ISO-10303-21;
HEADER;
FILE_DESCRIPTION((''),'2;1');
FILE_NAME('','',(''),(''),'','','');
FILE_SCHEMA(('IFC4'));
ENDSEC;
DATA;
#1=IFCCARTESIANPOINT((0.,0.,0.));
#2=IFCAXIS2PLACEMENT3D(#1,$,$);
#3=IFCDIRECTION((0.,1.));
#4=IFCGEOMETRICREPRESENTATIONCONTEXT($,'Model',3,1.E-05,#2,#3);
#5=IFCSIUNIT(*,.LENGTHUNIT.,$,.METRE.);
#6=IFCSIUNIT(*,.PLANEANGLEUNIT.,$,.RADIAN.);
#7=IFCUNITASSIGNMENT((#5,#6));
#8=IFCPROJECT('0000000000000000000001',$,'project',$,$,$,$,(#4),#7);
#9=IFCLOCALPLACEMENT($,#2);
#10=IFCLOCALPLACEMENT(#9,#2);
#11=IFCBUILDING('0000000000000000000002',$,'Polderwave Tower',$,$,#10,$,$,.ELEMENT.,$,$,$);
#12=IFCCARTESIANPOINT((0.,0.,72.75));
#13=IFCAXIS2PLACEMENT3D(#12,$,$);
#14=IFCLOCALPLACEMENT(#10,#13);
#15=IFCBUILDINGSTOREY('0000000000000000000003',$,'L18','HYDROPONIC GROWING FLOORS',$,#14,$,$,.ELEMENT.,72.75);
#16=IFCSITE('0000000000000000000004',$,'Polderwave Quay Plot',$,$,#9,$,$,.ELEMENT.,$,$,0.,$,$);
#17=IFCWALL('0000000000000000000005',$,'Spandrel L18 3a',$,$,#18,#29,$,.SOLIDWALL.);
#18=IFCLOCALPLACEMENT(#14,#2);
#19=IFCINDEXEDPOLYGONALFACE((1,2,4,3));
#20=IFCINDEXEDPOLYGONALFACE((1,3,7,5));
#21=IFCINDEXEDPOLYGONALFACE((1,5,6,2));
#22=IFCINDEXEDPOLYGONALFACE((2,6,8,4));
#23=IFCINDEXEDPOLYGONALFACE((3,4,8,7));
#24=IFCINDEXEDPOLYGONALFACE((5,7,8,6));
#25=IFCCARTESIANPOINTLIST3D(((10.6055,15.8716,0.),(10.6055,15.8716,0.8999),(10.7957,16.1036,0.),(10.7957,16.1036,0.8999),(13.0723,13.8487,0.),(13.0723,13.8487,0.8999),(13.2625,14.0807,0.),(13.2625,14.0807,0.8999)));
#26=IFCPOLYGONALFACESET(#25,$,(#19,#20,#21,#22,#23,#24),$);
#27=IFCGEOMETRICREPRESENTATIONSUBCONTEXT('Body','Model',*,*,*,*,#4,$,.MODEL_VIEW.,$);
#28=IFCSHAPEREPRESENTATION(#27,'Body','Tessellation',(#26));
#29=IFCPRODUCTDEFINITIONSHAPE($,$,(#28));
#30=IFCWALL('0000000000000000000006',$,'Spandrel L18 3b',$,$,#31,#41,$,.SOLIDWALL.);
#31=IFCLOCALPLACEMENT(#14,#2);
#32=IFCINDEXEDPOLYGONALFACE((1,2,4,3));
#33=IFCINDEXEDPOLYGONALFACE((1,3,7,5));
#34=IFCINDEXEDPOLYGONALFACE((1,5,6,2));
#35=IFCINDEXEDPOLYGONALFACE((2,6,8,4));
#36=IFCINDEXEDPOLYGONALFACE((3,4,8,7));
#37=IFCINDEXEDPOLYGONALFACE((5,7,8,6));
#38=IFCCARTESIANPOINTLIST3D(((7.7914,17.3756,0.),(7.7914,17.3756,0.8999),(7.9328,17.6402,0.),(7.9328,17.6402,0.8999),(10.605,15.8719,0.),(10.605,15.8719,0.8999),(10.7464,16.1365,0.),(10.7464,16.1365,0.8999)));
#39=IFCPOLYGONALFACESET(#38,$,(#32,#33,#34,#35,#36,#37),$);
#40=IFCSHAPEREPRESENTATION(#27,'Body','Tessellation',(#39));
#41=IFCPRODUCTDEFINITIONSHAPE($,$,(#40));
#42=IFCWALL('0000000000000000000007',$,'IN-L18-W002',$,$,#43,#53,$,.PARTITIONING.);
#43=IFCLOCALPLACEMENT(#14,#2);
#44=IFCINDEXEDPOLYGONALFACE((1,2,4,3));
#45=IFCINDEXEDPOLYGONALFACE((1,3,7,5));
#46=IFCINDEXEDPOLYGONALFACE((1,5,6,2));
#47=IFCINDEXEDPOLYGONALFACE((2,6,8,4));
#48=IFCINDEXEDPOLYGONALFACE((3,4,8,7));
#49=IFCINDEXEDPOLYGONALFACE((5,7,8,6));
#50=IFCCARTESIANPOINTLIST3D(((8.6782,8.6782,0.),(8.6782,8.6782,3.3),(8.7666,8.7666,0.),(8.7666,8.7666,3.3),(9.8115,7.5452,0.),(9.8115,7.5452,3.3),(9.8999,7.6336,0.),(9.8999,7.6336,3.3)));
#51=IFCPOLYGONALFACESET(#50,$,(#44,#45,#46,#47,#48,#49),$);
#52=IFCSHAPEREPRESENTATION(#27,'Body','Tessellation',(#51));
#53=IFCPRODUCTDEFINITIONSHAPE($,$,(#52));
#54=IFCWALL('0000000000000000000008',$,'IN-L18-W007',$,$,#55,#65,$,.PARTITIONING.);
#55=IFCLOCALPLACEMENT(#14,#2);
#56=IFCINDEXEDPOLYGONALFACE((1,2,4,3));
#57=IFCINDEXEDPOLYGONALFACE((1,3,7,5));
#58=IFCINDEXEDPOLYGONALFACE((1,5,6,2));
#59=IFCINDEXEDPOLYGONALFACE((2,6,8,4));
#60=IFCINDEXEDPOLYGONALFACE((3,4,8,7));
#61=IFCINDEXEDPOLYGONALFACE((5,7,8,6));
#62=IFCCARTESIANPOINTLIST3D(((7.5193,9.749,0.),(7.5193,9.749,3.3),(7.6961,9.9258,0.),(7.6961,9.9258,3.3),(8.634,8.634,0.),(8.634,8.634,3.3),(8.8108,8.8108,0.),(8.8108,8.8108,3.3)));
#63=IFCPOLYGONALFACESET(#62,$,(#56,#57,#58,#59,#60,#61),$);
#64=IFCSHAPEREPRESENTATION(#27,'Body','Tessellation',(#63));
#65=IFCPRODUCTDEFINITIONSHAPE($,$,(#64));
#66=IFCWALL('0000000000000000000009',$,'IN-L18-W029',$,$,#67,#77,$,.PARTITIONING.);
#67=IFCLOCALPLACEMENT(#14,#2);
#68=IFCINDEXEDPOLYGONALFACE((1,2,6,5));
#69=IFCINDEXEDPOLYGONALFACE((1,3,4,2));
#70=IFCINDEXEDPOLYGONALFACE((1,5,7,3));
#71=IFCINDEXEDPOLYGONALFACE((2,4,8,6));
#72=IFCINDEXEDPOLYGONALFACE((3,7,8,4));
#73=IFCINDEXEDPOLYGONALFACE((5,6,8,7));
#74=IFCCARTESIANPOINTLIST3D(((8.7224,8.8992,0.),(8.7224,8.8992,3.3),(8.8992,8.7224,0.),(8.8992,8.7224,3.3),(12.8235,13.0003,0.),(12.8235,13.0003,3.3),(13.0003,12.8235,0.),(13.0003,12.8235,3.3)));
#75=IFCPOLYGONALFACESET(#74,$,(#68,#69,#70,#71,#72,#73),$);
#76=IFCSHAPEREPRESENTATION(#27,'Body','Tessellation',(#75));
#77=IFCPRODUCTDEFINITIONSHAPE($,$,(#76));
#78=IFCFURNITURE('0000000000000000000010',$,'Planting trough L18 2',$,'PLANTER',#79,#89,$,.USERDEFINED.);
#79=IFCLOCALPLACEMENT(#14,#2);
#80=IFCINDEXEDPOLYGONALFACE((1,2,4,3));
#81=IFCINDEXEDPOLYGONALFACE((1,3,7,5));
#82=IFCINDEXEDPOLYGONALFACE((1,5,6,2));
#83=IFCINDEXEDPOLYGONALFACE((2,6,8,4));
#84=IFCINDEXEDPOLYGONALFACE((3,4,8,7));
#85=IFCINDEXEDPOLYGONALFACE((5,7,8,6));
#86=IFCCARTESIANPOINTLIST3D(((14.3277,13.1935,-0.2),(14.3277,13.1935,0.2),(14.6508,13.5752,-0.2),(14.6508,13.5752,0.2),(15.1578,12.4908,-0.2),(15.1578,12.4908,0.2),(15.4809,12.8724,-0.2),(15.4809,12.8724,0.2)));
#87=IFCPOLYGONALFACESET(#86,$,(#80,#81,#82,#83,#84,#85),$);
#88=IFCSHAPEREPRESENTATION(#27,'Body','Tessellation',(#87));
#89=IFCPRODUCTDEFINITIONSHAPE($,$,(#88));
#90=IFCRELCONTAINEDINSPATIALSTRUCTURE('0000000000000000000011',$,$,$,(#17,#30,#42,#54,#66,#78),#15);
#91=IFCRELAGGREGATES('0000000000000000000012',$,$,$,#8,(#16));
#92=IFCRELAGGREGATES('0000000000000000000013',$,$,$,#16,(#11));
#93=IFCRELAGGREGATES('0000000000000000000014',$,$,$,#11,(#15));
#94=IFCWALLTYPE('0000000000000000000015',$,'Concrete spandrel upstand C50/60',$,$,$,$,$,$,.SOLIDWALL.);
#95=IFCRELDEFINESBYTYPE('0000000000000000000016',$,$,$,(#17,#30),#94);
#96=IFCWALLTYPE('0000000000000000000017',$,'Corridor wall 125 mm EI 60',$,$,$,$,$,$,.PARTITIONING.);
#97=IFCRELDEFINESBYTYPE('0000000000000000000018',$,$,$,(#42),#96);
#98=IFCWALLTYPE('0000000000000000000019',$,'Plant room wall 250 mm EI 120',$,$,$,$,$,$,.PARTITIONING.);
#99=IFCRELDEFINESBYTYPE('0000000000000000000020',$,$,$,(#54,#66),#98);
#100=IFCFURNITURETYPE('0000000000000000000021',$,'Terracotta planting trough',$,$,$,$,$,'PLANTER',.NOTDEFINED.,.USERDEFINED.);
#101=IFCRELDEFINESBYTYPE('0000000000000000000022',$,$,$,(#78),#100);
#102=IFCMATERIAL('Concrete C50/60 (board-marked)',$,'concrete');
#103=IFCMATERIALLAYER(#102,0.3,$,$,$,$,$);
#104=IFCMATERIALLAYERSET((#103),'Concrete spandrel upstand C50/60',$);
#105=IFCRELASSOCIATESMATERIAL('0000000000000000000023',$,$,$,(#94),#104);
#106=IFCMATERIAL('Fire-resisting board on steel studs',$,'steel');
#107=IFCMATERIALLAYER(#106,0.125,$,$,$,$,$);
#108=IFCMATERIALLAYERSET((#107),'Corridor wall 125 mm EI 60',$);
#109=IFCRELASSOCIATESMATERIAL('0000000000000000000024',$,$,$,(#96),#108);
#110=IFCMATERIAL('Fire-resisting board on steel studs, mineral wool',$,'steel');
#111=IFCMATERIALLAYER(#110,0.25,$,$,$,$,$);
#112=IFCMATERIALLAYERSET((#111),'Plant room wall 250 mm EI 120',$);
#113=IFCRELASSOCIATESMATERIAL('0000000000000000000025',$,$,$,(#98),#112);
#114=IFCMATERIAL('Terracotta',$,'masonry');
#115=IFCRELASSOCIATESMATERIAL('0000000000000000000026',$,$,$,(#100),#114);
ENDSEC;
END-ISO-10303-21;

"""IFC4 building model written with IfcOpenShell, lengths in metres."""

from ifc_helpers import new_model, si_unit, direction, frame, frame_2d, origin, origin_2d, place, context, subcontext, project, spatial, rectangle, extrude, material, layer, layer_set, type_object, element, save


model = new_model("IFC4")

# Units and contexts
model_context = context("Model", 3, precision=1e-05, world=origin(), true_north=direction((0.0, 1.0)))
body_context = subcontext(model_context, "Body", "Model", "MODEL_VIEW")
ifc_project = project(units=[si_unit("LENGTHUNIT", "METRE"), si_unit("PLANEANGLEUNIT", "RADIAN")], contexts=[model_context])

# Site, building, storey
site_placement = place(None, origin())
site = spatial("IfcSite", under=ifc_project, at=site_placement, Name="Polderwave Quay Plot", CompositionType="ELEMENT", RefElevation=0.0)
building_placement = place(site_placement, origin())
building = spatial("IfcBuilding", under=site, at=building_placement, Name="Polderwave Tower", CompositionType="ELEMENT")
storey_placement = place(building_placement, frame((0.0, 0.0, 72.75)))
storey = spatial("IfcBuildingStorey", under=building, at=storey_placement, Name="L18", Description="HYDROPONIC GROWING FLOORS", CompositionType="ELEMENT", Elevation=72.75)

# Walls
ifc_material_1 = material(Name="Concrete C50/60 (board-marked)", Category="concrete")
ifc_layer_1 = layer(ifc_material_1, 0.3)
ifc_layer_set_1 = layer_set([ifc_layer_1], Name="Concrete spandrel upstand C50/60")
wall_type_1 = type_object("IfcWallType", Name="Concrete spandrel upstand C50/60", PredefinedType="SOLIDWALL", material=ifc_layer_set_1)
for number, where, z_axis, x_axis, name in (
    (1, (13.1675, 13.9646, 0.0), (0.0, 0.0, 1.0), (-0.773241, 0.634113, 0.0), "Spandrel L18 3a"),
    (2, (10.6758, 16.0042, 0.0), (0.0, 0.0, 1.0), (-0.881944, 0.471355, 0.0), "Spandrel L18 3b"),
):
    element("IfcWall", number, at=place(storey_placement, frame(where, z_axis=z_axis, x_axis=x_axis)), inside=storey, type_object=wall_type_1, Name=name, PredefinedType="SOLIDWALL", context=body_context, shape_type="SweptSolid", body=[
        extrude(rectangle(XDim=3.1902, YDim=0.3, at=frame_2d((1.5952, 0.0))), origin(), (0.0, 0.0, 1.0), 0.8999),
    ])
ifc_material_2 = material(Name="Fire-resisting board on steel studs", Category="steel")
ifc_layer_2 = layer(ifc_material_2, 0.125)
ifc_layer_set_2 = layer_set([ifc_layer_2], Name="Corridor wall 125 mm EI 60")
wall_type_2 = type_object("IfcWallType", Name="Corridor wall 125 mm EI 60", PredefinedType="PARTITIONING", material=ifc_layer_set_2)
wall_1_placement = place(storey_placement, frame((8.7224, 8.7224, 0.0), z_axis=(0.0, 0.0, 1.0), x_axis=(0.707183, -0.707031, 0.0)))
element("IfcWall", 3, at=wall_1_placement, inside=storey, type_object=wall_type_2, Name="IN-L18-W002", PredefinedType="PARTITIONING", context=body_context, shape_type="SweptSolid", body=[
    extrude(rectangle(XDim=1.6025, YDim=0.125, at=frame_2d((0.8013, 0.0))), origin(), (0.0, 0.0, 1.0), 3.3),
])
ifc_material_3 = material(Name="Fire-resisting board on steel studs, mineral wool", Category="steel")
ifc_layer_3 = layer(ifc_material_3, 0.25)
ifc_layer_set_3 = layer_set([ifc_layer_3], Name="Plant room wall 250 mm EI 120")
wall_type_3 = type_object("IfcWallType", Name="Plant room wall 250 mm EI 120", PredefinedType="PARTITIONING", material=ifc_layer_set_3)
wall_2_placement = place(storey_placement, frame((7.6077, 9.8374, 0.0), z_axis=(0.0, 0.0, 1.0), x_axis=(0.707029, -0.707184, 0.0)))
element("IfcWall", 4, at=wall_2_placement, inside=storey, type_object=wall_type_3, Name="IN-L18-W007", PredefinedType="PARTITIONING", context=body_context, shape_type="SweptSolid", body=[
    extrude(rectangle(XDim=1.5767, YDim=0.25, at=frame_2d((0.7883, 0.0))), origin(), (0.0, 0.0, 1.0), 3.3),
])
wall_3_placement = place(storey_placement, frame((12.9119, 12.9119, 0.0), z_axis=(0.0, 0.0, 1.0), x_axis=(-0.707107, -0.707107, 0.0)))
element("IfcWall", 5, at=wall_3_placement, inside=storey, type_object=wall_type_3, Name="IN-L18-W029", PredefinedType="PARTITIONING", context=body_context, shape_type="SweptSolid", body=[
    extrude(rectangle(XDim=5.7998, YDim=0.25, at=frame_2d((2.8999, 0.0))), origin(), (0.0, 0.0, 1.0), 3.3),
])

# Furniture
ifc_material_4 = material(Name="Terracotta", Category="masonry")
furniture_type = type_object("IfcFurnitureType", Name="Terracotta planting trough", ElementType="PLANTER", AssemblyPlace="NOTDEFINED", PredefinedType="USERDEFINED", material=ifc_material_4)
furniture_placement = place(storey_placement, frame((14.9043, 13.033, -0.2), z_axis=(0.0, 0.0, 1.0), x_axis=(-0.763211, 0.646149, 0.0)))
element("IfcFurniture", 6, at=furniture_placement, inside=storey, type_object=furniture_type, Name="Planting trough L18 2", ObjectType="PLANTER", PredefinedType="USERDEFINED", context=body_context, shape_type="SweptSolid", body=[
    extrude(rectangle(XDim=1.0876, YDim=0.5, at=origin_2d()), origin(), (0.0, 0.0, 1.0), 0.3999),
])

save(model, "model.ifc")
